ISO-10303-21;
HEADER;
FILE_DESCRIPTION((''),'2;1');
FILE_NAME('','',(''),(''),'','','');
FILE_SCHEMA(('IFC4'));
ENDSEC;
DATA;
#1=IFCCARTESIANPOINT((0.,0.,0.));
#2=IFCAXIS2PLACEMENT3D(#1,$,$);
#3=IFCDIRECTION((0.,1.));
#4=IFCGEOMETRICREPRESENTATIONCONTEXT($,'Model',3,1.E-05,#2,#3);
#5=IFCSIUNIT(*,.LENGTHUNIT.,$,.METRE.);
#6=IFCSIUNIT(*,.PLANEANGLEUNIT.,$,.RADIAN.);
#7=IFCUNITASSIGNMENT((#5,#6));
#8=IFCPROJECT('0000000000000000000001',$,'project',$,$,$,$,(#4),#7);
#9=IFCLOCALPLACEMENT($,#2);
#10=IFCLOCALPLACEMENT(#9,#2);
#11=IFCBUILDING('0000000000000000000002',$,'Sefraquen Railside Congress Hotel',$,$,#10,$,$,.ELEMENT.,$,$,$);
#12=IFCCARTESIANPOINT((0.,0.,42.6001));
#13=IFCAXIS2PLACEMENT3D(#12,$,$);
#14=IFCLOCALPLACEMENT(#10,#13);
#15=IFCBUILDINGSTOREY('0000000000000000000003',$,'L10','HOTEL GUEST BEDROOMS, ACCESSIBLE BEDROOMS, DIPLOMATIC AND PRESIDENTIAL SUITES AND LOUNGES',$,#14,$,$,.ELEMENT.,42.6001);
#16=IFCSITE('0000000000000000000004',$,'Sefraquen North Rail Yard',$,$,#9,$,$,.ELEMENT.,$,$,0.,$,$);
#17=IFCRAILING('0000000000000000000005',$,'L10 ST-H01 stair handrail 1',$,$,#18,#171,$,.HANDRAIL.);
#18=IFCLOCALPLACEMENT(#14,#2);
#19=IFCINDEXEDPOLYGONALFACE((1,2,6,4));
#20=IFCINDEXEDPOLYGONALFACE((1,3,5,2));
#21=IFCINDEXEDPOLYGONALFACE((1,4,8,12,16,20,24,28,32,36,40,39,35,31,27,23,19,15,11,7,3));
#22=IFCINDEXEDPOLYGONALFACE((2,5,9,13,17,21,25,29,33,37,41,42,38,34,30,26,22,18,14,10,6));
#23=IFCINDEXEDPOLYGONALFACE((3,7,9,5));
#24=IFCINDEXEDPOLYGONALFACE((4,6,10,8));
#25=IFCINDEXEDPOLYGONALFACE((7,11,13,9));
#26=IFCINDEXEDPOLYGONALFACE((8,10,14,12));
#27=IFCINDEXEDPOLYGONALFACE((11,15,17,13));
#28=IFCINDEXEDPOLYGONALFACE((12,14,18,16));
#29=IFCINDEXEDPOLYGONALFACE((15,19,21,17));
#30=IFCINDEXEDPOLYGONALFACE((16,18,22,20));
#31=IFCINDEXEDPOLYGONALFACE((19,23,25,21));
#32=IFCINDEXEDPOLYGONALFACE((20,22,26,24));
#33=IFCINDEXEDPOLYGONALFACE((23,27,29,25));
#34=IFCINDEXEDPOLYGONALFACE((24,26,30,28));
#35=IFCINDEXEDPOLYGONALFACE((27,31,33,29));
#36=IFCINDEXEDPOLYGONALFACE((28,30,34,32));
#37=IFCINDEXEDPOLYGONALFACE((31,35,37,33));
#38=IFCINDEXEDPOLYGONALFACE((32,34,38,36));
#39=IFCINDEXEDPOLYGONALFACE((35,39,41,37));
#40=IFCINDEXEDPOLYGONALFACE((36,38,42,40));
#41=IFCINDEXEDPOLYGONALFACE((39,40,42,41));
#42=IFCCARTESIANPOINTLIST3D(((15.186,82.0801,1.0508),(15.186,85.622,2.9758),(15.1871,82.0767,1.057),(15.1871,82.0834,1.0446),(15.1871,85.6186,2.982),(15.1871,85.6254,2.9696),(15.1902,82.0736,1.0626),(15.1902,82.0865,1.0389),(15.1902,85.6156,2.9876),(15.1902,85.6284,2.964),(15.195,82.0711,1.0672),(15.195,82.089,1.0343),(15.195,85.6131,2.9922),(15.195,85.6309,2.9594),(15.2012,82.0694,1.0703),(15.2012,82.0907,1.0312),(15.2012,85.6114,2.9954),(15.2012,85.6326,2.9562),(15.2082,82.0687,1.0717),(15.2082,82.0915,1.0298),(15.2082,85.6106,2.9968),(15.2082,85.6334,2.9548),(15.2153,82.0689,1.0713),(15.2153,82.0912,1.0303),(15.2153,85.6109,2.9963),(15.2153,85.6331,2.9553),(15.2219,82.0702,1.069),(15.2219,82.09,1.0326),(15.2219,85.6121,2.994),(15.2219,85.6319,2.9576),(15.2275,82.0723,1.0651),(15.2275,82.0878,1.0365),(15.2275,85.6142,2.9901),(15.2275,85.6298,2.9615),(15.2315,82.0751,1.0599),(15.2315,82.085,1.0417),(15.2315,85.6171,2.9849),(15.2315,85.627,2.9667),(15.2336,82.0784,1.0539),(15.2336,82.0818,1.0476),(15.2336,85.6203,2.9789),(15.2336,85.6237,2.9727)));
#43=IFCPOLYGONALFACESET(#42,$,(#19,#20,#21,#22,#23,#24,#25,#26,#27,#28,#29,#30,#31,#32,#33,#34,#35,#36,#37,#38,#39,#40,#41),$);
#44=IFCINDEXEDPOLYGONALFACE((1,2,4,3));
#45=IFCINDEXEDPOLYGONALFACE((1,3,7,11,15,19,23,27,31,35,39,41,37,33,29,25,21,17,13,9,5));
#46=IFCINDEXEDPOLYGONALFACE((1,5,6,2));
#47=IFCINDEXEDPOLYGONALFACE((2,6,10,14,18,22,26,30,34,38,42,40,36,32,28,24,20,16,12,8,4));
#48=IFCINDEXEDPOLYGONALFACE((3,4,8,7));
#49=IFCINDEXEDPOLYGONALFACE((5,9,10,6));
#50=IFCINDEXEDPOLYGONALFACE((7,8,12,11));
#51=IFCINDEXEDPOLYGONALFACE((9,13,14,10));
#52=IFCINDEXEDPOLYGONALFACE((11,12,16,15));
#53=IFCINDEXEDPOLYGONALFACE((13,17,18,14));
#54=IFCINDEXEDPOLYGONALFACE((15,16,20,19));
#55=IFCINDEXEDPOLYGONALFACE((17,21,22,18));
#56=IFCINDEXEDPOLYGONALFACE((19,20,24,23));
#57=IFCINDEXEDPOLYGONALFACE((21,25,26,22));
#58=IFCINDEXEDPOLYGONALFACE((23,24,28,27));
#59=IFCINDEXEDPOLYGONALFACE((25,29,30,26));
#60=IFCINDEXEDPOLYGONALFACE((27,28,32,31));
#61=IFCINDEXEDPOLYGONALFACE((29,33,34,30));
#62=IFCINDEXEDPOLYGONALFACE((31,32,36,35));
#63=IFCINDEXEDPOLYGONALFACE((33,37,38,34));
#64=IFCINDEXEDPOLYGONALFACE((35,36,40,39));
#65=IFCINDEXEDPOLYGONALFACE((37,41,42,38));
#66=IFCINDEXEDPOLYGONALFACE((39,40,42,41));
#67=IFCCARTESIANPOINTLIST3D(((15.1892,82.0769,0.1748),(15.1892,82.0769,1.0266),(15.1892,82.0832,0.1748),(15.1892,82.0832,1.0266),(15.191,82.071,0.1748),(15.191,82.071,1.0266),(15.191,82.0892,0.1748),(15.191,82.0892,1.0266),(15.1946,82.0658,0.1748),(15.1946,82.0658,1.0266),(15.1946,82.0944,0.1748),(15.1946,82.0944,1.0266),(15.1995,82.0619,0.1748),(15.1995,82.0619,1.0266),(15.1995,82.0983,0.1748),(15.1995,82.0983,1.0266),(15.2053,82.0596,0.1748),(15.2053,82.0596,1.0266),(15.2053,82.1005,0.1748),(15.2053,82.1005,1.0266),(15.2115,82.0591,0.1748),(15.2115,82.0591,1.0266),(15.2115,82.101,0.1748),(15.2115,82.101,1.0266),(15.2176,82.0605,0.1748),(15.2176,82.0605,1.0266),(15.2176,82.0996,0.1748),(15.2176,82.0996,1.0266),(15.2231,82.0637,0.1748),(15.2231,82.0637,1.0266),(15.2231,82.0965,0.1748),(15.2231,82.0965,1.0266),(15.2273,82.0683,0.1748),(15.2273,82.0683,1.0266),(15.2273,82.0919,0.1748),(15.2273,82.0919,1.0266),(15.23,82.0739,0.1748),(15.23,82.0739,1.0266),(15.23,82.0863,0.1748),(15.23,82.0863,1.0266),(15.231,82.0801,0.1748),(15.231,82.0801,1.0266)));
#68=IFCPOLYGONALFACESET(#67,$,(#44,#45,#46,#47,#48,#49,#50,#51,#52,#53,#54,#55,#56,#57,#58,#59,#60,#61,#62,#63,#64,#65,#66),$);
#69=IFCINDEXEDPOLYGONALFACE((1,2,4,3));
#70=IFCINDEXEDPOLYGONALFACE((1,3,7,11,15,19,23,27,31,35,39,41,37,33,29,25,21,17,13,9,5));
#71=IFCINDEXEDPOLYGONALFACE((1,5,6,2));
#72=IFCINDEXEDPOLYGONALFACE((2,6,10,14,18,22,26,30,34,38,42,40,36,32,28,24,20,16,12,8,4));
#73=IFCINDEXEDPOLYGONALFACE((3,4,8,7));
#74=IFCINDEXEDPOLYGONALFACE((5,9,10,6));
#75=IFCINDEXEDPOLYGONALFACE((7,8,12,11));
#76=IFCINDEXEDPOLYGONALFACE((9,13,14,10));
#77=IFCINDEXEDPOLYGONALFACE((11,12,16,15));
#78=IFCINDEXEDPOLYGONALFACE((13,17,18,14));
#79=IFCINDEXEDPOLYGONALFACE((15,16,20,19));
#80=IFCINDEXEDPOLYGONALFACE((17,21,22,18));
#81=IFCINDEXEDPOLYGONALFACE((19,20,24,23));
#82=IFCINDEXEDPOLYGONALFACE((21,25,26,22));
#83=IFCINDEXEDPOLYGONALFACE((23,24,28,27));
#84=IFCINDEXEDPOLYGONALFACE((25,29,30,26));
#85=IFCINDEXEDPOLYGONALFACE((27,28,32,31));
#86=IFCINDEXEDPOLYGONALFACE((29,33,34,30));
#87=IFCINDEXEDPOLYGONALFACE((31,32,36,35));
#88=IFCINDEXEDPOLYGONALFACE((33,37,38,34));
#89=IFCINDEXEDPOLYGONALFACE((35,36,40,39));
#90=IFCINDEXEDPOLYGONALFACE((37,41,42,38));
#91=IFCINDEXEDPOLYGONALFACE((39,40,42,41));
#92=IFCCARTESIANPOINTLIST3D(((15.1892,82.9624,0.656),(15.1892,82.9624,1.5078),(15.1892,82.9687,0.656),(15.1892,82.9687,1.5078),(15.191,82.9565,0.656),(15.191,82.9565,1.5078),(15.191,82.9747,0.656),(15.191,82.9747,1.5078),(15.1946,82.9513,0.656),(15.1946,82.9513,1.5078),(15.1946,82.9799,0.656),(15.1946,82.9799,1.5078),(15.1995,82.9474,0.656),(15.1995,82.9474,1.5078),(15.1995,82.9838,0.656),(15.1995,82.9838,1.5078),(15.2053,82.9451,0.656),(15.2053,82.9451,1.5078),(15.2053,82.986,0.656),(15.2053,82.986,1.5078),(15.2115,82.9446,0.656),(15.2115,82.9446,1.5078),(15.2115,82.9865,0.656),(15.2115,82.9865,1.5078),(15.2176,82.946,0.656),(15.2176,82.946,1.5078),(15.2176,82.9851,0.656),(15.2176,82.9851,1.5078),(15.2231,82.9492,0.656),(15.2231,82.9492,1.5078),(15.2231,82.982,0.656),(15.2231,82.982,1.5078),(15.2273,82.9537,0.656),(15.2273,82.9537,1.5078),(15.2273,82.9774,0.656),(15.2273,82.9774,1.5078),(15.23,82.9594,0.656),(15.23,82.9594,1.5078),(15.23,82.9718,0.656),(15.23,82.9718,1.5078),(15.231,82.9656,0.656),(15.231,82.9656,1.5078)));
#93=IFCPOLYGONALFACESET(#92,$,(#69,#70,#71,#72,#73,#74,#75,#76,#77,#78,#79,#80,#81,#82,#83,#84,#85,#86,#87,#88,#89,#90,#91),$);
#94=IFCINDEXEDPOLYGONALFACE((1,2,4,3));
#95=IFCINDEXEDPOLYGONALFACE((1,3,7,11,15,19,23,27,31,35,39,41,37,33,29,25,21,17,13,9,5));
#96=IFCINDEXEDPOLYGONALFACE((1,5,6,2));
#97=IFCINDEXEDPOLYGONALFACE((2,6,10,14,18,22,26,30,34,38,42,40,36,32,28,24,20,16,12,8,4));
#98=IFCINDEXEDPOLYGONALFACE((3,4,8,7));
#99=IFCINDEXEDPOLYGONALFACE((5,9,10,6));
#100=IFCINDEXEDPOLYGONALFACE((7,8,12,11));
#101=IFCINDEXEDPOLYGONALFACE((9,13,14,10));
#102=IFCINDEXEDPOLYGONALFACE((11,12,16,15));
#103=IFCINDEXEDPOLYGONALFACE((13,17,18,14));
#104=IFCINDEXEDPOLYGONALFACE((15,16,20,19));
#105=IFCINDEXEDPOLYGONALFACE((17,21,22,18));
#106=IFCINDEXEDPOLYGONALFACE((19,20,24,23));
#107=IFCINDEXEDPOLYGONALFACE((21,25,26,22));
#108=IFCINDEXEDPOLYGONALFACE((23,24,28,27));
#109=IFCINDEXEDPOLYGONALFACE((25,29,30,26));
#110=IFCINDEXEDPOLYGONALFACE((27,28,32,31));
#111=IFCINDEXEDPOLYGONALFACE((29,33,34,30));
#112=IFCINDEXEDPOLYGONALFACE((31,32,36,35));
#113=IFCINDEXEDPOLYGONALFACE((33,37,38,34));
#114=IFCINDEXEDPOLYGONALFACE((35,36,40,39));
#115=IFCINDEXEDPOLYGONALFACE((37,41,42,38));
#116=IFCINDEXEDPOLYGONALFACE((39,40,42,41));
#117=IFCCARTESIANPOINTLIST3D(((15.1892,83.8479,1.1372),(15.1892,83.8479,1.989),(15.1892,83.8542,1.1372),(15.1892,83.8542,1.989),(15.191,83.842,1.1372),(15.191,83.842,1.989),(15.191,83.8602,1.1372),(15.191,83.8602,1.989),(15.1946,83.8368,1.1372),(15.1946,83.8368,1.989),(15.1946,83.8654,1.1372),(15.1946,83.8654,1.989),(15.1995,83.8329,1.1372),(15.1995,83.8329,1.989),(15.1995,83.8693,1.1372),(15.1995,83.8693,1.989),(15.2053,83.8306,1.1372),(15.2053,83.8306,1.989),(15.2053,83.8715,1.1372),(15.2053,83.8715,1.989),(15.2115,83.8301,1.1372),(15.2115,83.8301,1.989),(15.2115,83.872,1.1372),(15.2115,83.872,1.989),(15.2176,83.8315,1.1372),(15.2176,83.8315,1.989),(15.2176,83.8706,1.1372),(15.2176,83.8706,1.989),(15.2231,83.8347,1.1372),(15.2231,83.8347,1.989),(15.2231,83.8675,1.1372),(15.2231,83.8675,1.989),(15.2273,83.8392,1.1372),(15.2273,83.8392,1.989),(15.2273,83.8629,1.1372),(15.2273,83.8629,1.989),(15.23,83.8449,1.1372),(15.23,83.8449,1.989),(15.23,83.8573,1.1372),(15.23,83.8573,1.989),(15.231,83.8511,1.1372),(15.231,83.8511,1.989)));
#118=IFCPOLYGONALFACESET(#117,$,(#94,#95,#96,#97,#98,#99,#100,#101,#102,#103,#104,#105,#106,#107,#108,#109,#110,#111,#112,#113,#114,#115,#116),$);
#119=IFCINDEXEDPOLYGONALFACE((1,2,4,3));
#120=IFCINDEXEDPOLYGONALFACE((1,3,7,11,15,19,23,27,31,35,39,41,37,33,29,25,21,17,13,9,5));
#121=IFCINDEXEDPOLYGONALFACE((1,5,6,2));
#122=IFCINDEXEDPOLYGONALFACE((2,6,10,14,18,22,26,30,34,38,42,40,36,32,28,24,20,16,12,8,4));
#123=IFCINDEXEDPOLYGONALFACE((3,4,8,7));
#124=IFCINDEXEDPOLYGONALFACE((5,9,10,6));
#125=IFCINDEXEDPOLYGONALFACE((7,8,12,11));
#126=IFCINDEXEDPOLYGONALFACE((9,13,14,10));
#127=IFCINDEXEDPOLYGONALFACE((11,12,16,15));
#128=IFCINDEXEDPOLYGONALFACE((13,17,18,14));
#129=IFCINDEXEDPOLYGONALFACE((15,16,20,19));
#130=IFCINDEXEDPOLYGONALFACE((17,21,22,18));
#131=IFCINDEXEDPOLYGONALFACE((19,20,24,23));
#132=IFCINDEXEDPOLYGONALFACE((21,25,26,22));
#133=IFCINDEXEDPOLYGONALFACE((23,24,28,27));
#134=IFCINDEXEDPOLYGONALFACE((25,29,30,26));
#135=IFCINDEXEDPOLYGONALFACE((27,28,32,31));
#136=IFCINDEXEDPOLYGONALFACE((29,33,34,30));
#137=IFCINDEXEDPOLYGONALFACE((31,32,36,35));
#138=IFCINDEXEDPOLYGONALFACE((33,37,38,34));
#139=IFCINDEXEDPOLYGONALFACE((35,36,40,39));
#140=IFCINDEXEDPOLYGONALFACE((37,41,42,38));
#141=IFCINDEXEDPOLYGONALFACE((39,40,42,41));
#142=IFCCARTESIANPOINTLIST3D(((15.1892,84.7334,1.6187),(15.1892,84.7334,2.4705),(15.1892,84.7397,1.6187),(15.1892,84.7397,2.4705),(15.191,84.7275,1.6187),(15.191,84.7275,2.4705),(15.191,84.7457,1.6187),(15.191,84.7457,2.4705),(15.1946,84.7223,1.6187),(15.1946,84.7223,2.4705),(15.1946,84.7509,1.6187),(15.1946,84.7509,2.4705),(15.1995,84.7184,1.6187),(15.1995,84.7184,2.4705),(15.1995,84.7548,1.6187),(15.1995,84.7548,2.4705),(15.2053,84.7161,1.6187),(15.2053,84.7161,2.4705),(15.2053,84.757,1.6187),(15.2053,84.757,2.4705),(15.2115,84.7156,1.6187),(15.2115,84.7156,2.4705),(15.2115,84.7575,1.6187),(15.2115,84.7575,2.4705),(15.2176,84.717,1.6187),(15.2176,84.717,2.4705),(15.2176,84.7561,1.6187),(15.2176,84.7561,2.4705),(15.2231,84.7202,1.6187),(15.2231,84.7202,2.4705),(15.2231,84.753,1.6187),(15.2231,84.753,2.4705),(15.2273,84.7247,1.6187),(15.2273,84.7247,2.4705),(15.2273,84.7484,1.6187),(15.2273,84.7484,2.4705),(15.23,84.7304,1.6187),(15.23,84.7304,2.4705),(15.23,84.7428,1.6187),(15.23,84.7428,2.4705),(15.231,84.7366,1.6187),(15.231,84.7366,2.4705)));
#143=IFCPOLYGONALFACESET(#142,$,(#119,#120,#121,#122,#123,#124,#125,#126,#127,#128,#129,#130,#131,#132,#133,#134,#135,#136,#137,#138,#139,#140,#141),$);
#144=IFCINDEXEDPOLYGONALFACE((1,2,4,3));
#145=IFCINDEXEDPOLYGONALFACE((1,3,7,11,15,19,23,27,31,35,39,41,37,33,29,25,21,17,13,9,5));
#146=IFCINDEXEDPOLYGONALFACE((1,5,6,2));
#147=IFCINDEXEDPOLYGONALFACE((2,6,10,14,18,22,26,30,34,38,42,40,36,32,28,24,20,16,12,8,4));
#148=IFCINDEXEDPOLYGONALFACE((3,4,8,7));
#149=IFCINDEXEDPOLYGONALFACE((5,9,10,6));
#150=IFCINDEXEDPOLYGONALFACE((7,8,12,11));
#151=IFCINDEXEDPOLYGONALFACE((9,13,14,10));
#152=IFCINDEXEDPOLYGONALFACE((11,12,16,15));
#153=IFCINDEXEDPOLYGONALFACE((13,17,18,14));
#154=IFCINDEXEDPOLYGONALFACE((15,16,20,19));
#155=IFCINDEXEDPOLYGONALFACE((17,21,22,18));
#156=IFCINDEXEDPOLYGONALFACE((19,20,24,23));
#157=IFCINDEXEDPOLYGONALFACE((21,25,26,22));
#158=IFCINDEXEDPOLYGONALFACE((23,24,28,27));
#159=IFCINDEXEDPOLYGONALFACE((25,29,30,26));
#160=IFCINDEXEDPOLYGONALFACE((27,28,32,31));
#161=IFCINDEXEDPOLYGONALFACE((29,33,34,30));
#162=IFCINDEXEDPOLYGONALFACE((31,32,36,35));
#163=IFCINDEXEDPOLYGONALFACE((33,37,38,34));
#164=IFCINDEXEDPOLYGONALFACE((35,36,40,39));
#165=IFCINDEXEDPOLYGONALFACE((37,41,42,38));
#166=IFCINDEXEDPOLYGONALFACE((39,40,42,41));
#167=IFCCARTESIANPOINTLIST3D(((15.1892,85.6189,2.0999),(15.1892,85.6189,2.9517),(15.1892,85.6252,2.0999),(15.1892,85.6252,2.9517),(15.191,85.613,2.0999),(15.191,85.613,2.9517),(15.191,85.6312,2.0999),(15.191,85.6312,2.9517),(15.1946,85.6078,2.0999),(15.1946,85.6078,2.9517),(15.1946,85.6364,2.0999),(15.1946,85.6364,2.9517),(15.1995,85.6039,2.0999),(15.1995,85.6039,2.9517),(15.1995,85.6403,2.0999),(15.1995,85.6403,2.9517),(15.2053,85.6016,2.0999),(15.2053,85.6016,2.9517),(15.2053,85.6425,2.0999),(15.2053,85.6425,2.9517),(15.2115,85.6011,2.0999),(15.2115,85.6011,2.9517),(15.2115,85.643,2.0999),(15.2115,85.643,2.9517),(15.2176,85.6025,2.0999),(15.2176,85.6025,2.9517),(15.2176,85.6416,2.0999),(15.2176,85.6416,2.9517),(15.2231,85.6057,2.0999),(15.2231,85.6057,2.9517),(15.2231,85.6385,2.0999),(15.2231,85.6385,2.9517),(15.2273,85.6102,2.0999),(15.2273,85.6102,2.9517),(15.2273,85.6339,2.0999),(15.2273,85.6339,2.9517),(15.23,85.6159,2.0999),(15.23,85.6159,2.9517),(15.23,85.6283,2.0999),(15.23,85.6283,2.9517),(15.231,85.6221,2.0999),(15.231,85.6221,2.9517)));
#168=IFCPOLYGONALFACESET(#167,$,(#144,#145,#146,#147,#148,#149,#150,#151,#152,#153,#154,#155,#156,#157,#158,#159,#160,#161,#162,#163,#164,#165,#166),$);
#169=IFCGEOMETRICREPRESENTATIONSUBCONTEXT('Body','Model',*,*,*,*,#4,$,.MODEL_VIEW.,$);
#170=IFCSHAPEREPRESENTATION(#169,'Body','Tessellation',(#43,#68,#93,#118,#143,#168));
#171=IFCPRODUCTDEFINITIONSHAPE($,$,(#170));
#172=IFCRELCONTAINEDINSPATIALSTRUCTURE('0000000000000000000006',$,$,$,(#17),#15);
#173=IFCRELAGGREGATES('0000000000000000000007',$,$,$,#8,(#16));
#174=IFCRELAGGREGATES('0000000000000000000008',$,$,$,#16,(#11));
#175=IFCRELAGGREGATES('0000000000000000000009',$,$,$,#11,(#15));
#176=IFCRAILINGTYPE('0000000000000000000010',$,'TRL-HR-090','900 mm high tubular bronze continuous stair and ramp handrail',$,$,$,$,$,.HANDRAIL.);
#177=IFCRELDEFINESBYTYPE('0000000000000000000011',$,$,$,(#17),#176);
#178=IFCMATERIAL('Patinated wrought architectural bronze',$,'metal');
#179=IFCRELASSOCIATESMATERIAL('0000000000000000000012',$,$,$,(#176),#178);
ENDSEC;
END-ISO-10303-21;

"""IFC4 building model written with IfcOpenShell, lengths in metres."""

from ifc_helpers import new_model, si_unit, direction, frame, origin, origin_2d, place, context, subcontext, project, spatial, circle, extrude, material, type_object, element, save


model = new_model("IFC4")

# Units and contexts
model_context = context("Model", 3, precision=1e-05, world=origin(), true_north=direction((0.0, 1.0)))
body_context = subcontext(model_context, "Body", "Model", "MODEL_VIEW")
ifc_project = project(units=[si_unit("LENGTHUNIT", "METRE"), si_unit("PLANEANGLEUNIT", "RADIAN")], contexts=[model_context])

# Site, building, storey
site_placement = place(None, origin())
site = spatial("IfcSite", under=ifc_project, at=site_placement, Name="Sefraquen North Rail Yard", CompositionType="ELEMENT", RefElevation=0.0)
building_placement = place(site_placement, origin())
building = spatial("IfcBuilding", under=site, at=building_placement, Name="Sefraquen Railside Congress Hotel", CompositionType="ELEMENT")
storey_placement = place(building_placement, frame((0.0, 0.0, 42.6001)))
storey = spatial("IfcBuildingStorey", under=building, at=storey_placement, Name="L10", Description="HOTEL GUEST BEDROOMS, ACCESSIBLE BEDROOMS, DIPLOMATIC AND PRESIDENTIAL SUITES AND LOUNGES", CompositionType="ELEMENT", Elevation=42.6001)

# Railing
ifc_material_1 = material(Name="Patinated wrought architectural bronze", Category="metal")
railing_type_1 = type_object("IfcRailingType", Name="TRL-HR-090", Description="900 mm high tubular bronze continuous stair and ramp handrail", PredefinedType="HANDRAIL", material=ifc_material_1)
railing_1_placement = place(storey_placement, frame((15.21, 82.0801, 0.1748)))
element("IfcRailing", 1, at=railing_1_placement, inside=storey, type_object=railing_type_1, Name="L10 ST-H01 stair handrail 1", PredefinedType="HANDRAIL", context=body_context, shape_type="SweptSolid", body=[
    extrude(circle(Radius=0.0239, at=origin_2d()), frame((0.0, 0.0, 0.876), z_axis=(0.0, 0.878619, 0.477523), x_axis=(-1.0, 0.0, 0.0)), (0.0, 0.0, 1.0), 4.0312),
    extrude(circle(Radius=0.021, at=origin_2d()), origin(), (0.0, 0.0, 1.0), 0.8518),
    extrude(circle(Radius=0.021, at=origin_2d()), frame((0.0, 0.8855, 0.4812)), (0.0, 0.0, 1.0), 0.8518),
    extrude(circle(Radius=0.021, at=origin_2d()), frame((0.0, 1.771, 0.9624)), (0.0, 0.0, 1.0), 0.8518),
    extrude(circle(Radius=0.021, at=origin_2d()), frame((0.0, 2.6565, 1.4438)), (0.0, 0.0, 1.0), 0.8518),
    extrude(circle(Radius=0.021, at=origin_2d()), frame((0.0, 3.542, 1.925)), (0.0, 0.0, 1.0), 0.8518),
])

save(model, "model.ifc")
